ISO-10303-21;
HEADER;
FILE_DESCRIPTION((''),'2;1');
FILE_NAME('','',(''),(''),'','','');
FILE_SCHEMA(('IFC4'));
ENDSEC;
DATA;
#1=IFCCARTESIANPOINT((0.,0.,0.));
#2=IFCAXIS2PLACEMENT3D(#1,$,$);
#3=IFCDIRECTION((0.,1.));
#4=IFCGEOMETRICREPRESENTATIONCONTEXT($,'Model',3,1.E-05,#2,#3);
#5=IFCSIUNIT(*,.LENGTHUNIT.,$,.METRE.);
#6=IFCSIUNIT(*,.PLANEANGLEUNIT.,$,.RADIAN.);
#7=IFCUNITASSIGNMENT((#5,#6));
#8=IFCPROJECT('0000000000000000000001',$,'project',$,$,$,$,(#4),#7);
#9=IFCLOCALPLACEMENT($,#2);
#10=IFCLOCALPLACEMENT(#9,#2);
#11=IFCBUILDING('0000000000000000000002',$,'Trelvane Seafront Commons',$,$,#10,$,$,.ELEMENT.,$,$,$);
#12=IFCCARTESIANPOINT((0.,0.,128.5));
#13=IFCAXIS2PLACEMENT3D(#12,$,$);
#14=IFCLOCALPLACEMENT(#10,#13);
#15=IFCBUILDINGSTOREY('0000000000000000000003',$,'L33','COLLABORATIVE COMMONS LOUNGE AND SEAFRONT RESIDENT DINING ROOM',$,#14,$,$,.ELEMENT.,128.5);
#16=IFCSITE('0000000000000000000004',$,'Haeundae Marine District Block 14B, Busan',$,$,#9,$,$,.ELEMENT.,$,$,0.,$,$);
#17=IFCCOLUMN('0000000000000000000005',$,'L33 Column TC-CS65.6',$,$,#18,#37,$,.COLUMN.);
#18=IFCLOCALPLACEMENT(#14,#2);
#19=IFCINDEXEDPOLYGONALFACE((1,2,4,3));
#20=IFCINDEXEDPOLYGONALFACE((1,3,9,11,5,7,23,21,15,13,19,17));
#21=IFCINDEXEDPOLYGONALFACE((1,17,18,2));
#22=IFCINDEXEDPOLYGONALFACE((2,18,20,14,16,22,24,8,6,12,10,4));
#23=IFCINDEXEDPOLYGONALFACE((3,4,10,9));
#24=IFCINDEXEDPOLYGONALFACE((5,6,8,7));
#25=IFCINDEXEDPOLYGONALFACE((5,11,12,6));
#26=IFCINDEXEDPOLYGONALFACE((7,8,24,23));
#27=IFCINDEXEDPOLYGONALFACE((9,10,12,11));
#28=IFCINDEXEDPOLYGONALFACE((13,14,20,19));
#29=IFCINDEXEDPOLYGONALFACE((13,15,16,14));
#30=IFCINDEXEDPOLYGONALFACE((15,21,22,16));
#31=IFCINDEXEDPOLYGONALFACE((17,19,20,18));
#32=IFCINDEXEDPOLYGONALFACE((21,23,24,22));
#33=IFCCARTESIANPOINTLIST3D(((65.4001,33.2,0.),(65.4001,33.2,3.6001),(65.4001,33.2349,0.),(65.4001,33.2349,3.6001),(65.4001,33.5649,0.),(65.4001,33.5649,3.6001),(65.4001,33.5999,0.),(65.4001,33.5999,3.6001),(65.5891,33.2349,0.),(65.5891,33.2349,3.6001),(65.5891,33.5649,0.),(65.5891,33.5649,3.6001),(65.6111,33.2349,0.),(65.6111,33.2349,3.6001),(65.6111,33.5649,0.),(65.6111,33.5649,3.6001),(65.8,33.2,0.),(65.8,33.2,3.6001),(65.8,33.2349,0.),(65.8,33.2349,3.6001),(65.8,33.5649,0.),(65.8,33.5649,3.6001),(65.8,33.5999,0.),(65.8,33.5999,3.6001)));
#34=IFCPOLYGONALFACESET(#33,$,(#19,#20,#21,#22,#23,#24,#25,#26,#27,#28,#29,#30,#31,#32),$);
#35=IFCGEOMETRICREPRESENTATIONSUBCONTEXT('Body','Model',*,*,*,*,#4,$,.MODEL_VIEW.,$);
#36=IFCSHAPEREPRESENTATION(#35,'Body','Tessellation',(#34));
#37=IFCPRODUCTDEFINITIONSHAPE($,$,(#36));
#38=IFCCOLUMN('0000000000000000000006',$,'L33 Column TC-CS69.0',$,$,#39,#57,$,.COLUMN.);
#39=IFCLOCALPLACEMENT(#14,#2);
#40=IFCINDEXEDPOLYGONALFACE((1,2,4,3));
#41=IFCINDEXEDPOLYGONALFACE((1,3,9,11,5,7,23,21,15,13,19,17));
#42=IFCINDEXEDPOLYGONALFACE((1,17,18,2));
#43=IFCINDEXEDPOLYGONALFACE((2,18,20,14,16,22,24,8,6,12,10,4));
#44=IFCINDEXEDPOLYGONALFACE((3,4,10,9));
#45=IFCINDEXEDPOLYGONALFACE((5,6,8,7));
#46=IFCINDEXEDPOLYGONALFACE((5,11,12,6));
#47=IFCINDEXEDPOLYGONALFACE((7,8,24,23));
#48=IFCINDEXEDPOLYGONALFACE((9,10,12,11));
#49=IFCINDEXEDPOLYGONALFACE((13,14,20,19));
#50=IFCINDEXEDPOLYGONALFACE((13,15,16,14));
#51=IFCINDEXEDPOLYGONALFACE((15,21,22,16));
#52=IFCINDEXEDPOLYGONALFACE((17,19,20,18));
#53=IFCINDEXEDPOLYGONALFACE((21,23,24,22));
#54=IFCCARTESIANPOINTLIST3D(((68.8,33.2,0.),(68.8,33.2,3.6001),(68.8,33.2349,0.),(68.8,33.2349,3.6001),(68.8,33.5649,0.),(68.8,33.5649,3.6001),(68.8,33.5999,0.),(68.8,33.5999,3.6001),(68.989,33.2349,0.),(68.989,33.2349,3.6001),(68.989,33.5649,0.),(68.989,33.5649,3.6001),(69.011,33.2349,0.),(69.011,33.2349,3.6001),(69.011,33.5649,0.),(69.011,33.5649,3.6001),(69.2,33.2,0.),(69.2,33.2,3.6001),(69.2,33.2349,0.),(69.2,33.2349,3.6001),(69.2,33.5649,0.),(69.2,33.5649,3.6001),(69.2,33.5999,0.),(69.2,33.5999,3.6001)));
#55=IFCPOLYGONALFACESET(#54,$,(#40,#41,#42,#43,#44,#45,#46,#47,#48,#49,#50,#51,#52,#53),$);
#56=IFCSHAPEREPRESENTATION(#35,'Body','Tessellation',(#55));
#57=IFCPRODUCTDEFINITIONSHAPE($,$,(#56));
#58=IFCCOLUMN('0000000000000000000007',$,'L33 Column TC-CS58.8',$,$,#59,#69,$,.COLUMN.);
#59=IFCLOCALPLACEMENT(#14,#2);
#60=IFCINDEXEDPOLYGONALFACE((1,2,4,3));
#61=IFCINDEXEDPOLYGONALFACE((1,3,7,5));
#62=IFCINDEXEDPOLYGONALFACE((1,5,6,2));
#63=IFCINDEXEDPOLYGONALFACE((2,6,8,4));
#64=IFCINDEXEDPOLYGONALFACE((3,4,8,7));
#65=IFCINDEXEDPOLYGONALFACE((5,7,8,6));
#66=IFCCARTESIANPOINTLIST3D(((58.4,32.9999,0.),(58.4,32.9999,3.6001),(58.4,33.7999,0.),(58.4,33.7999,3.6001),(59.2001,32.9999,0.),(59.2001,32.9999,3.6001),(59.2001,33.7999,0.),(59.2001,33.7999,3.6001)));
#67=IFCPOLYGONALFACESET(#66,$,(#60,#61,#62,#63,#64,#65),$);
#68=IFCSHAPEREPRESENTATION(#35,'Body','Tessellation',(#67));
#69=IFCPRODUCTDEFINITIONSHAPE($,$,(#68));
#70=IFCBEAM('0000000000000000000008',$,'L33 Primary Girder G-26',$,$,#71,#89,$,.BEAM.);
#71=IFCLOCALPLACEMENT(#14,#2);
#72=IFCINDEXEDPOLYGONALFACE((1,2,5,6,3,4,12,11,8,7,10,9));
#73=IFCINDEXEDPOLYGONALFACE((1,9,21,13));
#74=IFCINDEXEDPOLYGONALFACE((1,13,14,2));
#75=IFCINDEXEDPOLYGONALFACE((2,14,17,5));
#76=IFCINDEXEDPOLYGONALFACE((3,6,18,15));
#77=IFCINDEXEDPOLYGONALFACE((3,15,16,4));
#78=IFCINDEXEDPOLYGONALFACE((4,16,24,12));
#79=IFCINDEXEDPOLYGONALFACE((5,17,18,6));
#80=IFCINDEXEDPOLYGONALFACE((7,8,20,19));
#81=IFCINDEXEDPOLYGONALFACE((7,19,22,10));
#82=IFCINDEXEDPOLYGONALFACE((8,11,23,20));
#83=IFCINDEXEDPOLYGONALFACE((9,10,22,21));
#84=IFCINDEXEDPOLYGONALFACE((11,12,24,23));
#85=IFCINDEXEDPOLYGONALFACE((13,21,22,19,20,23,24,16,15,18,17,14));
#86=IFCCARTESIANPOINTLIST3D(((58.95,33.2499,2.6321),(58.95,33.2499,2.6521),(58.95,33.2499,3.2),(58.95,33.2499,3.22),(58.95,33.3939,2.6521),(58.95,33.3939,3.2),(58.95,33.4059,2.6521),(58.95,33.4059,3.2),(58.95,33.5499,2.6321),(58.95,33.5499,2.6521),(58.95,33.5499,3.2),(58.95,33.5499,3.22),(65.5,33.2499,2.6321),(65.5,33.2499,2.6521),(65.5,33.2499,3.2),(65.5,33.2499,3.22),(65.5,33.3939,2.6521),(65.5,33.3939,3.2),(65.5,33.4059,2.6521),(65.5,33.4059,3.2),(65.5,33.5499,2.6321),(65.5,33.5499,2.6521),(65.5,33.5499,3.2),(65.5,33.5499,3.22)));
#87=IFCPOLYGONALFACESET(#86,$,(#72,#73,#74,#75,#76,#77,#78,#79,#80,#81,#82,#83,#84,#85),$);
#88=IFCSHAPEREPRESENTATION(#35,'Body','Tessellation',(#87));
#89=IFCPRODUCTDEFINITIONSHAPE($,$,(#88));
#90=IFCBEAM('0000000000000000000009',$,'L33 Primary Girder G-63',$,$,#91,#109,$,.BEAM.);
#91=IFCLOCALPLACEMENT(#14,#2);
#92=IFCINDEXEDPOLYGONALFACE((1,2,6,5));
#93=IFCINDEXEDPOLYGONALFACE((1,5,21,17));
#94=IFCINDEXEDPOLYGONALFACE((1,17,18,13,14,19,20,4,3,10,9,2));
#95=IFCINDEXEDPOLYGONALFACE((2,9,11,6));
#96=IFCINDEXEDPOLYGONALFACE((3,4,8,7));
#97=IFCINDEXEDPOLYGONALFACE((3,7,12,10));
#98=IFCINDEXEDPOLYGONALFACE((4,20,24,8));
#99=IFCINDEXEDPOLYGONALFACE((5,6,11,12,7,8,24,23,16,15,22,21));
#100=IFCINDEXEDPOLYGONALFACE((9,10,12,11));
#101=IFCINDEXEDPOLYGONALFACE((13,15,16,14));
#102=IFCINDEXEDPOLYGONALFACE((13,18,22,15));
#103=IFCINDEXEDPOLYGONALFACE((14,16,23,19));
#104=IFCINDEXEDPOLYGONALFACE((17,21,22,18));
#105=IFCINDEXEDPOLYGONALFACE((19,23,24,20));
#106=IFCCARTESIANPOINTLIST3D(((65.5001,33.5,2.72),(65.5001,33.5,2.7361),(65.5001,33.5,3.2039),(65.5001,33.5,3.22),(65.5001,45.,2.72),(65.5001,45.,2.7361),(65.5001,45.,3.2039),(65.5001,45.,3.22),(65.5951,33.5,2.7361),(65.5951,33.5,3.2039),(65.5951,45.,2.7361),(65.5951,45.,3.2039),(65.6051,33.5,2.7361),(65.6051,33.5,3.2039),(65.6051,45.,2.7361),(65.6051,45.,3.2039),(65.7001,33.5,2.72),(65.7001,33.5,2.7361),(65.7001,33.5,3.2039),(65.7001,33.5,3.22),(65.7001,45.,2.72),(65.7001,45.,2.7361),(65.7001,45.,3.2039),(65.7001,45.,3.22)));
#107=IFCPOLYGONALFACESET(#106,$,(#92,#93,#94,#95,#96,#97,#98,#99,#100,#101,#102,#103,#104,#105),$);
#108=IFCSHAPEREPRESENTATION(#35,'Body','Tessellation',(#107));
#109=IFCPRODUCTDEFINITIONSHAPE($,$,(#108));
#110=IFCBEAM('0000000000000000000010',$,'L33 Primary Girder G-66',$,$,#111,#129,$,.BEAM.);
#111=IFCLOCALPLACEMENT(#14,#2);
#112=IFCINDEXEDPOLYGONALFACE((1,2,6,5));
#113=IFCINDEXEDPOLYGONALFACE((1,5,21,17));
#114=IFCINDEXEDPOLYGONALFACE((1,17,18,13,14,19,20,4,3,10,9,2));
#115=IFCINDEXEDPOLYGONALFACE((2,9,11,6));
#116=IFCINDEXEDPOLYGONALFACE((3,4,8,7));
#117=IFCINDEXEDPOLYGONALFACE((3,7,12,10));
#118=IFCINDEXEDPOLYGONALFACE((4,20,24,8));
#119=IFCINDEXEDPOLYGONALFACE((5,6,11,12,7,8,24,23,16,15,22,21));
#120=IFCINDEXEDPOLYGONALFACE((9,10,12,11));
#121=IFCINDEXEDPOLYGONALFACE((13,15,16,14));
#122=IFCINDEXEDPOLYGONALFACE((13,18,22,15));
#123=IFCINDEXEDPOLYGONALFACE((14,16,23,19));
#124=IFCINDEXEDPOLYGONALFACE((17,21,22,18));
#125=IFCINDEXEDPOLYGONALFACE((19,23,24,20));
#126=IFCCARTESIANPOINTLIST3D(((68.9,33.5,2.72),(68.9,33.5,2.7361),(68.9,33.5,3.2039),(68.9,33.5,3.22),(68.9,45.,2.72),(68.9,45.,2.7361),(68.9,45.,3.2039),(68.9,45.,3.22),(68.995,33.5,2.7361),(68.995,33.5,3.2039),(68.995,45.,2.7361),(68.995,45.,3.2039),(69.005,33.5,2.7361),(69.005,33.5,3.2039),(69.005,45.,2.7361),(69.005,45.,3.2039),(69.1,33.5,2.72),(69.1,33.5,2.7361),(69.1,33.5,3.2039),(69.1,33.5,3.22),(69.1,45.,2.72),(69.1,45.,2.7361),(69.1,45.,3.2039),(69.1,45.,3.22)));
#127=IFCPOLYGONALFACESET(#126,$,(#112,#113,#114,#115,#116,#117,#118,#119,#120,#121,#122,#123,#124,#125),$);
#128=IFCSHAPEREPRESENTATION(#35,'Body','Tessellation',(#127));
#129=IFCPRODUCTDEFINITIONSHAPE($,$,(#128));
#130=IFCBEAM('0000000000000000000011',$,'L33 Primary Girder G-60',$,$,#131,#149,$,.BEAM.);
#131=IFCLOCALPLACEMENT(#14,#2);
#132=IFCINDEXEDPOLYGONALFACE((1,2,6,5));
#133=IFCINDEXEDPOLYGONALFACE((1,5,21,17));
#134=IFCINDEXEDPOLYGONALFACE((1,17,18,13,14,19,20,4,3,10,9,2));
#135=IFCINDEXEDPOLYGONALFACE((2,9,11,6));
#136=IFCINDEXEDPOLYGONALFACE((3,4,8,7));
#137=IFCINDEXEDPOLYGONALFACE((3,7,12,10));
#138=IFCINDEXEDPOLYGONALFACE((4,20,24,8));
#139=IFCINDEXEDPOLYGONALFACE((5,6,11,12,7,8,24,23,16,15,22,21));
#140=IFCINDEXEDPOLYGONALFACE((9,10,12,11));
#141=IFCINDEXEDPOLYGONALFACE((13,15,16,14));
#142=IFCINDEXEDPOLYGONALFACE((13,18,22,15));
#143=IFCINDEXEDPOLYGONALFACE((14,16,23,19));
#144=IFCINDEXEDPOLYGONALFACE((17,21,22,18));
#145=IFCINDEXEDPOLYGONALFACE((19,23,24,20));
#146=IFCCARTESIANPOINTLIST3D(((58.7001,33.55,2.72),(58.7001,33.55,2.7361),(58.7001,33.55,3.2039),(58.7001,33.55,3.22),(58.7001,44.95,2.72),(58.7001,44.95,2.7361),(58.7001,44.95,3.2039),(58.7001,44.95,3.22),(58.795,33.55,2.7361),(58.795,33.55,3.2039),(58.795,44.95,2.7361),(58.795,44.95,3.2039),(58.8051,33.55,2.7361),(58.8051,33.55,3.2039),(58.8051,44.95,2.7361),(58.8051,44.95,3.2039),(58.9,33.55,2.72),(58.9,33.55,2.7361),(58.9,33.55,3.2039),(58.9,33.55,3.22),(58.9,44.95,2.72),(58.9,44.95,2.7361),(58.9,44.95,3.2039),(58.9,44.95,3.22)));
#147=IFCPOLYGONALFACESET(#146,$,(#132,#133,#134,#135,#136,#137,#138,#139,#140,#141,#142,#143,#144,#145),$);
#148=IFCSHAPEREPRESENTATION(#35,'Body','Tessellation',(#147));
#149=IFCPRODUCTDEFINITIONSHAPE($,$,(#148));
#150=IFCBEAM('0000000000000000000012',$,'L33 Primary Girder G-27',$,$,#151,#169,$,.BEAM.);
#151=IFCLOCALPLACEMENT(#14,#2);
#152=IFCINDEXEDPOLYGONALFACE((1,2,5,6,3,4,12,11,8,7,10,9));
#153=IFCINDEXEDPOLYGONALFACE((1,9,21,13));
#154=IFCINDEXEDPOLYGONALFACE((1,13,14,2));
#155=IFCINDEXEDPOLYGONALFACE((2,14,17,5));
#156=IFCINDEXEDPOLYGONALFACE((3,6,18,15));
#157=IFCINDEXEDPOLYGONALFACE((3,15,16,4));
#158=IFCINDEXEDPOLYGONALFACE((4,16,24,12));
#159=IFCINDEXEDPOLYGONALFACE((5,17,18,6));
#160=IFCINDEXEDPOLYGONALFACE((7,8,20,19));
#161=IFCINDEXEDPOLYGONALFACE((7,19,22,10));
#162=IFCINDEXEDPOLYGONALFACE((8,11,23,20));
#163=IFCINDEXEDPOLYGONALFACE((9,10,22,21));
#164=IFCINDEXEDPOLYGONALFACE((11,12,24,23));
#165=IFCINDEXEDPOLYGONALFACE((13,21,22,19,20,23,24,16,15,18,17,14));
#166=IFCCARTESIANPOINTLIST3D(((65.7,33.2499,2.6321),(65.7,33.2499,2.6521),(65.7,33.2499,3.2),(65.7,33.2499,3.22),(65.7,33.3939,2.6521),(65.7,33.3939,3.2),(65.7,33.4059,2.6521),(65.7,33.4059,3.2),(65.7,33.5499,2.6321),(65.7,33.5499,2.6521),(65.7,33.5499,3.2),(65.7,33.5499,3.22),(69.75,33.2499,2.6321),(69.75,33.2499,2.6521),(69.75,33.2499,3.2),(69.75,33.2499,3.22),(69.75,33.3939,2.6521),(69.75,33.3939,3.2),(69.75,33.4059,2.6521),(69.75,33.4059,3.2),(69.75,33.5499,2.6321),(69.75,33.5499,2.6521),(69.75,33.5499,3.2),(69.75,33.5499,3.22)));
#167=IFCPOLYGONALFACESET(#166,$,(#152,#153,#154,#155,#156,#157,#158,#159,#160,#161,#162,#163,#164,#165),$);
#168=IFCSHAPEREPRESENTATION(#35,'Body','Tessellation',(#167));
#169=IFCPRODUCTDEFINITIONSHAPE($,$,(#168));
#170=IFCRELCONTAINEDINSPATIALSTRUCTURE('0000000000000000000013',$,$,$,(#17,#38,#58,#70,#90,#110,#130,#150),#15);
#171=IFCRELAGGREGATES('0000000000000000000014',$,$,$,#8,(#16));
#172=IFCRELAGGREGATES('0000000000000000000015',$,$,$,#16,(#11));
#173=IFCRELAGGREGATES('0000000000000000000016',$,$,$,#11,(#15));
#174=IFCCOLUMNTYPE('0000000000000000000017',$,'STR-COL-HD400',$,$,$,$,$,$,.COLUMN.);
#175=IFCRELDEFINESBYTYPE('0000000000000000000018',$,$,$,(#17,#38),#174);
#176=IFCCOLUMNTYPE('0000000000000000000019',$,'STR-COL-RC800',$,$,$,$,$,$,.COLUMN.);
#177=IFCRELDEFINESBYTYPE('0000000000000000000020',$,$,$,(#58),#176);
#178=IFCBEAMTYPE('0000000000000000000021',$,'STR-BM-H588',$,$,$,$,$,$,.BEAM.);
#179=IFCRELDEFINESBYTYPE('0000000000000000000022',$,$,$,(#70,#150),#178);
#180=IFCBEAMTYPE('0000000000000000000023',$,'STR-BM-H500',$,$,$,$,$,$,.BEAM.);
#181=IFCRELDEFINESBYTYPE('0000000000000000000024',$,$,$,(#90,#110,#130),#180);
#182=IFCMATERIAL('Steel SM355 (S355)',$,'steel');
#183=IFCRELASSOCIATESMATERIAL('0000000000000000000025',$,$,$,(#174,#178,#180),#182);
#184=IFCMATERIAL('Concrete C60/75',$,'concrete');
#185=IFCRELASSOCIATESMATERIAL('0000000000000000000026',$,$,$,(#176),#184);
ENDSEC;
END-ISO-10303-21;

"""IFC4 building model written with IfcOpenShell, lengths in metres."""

from ifc_helpers import new_model, si_unit, direction, frame, origin, origin_2d, place, context, subcontext, project, spatial, rectangle, i_section, extrude, source, transform, mapped, material, material_profile, profile_set, type_object, element, save


model = new_model("IFC4")

# Units and contexts
model_context = context("Model", 3, precision=1e-05, world=origin(), true_north=direction((0.0, 1.0)))
body_context = subcontext(model_context, "Body", "Model", "MODEL_VIEW")
ifc_project = project(units=[si_unit("LENGTHUNIT", "METRE"), si_unit("PLANEANGLEUNIT", "RADIAN")], contexts=[model_context])

# Site, building, storey
site_placement = place(None, origin())
site = spatial("IfcSite", under=ifc_project, at=site_placement, Name="Haeundae Marine District Block 14B, Busan", CompositionType="ELEMENT", RefElevation=0.0)
building_placement = place(site_placement, origin())
building = spatial("IfcBuilding", under=site, at=building_placement, Name="Trelvane Seafront Commons", CompositionType="ELEMENT")
storey_placement = place(building_placement, frame((0.0, 0.0, 128.5)))
storey = spatial("IfcBuildingStorey", under=building, at=storey_placement, Name="L33", Description="COLLABORATIVE COMMONS LOUNGE AND SEAFRONT RESIDENT DINING ROOM", CompositionType="ELEMENT", Elevation=128.5)

# Columns
ifc_material_1 = material(Name="Steel SM355 (S355)", Category="steel")
ifc_material_profile_1 = material_profile(ifc_material_1, i_section(OverallWidth=0.3999, OverallDepth=0.3999, WebThickness=0.022, FlangeThickness=0.0349, at=origin_2d()), Name="HD-400x400x22x35")
ifc_profile_set_1 = profile_set([ifc_material_profile_1], Name="Steel SM355 (S355)")
column_type_1 = type_object("IfcColumnType", Name="STR-COL-HD400", PredefinedType="COLUMN", material=ifc_profile_set_1)
shared_shape_1 = source(origin(), body_context, "Body", "SweptSolid", [
    extrude(i_section(OverallWidth=0.3999, OverallDepth=0.3999, WebThickness=0.022, FlangeThickness=0.0349, at=origin_2d()), origin(), (0.0, 0.0, 1.0), 3.6001),
])
for number, where, z_axis, x_axis, name in (
    (1, (65.6001, 33.3999, 0.0), (0.0, 0.0, 1.0), (1.0, 0.0, 0.0), "L33 Column TC-CS65.6"),
    (2, (69.0, 33.3999, 0.0), (0.0, 0.0, 1.0), (1.0, 0.0, 0.0), "L33 Column TC-CS69.0"),
):
    element("IfcColumn", number, at=place(storey_placement, frame(where, z_axis=z_axis, x_axis=x_axis)), inside=storey, type_object=column_type_1, Name=name, PredefinedType="COLUMN", context=body_context, shape_type="MappedRepresentation", body=[
        mapped(shared_shape_1, transform((0.0, 0.0, 0.0), x_axis=(1.0, 0.0, 0.0), y_axis=(0.0, 1.0, 0.0), z_axis=(0.0, 0.0, 1.0), scale=1.0)),
    ])
ifc_material_2 = material(Name="Concrete C60/75", Category="concrete")
ifc_material_profile_2 = material_profile(ifc_material_2, rectangle(XDim=0.8, YDim=0.8, at=origin_2d()), Name="RC-800x800")
ifc_profile_set_2 = profile_set([ifc_material_profile_2], Name="Concrete C60/75")
column_type_2 = type_object("IfcColumnType", Name="STR-COL-RC800", PredefinedType="COLUMN", material=ifc_profile_set_2)
shared_shape_2 = source(origin(), body_context, "Body", "SweptSolid", [
    extrude(rectangle(XDim=0.8, YDim=0.8, at=origin_2d()), origin(), (0.0, 0.0, 1.0), 3.6001),
])
column_placement = place(storey_placement, frame((58.8, 33.3999, 0.0), z_axis=(0.0, 0.0, 1.0), x_axis=(1.0, 0.0, 0.0)))
element("IfcColumn", 3, at=column_placement, inside=storey, type_object=column_type_2, Name="L33 Column TC-CS58.8", PredefinedType="COLUMN", context=body_context, shape_type="MappedRepresentation", body=[
    mapped(shared_shape_2, transform((0.0, 0.0, 0.0), x_axis=(1.0, 0.0, 0.0), y_axis=(0.0, 1.0, 0.0), z_axis=(0.0, 0.0, 1.0), scale=1.0)),
])

# Beams
ifc_material_profile_3 = material_profile(ifc_material_1, i_section(OverallWidth=0.3, OverallDepth=0.5879, WebThickness=0.012, FlangeThickness=0.02, at=origin_2d()), Name="H-588x300x12x20")
ifc_profile_set_3 = profile_set([ifc_material_profile_3], Name="Steel SM355 (S355)")
beam_type_1 = type_object("IfcBeamType", Name="STR-BM-H588", PredefinedType="BEAM", material=ifc_profile_set_3)
shared_shape_3 = source(origin(), body_context, "Body", "SweptSolid", [
    extrude(i_section(OverallWidth=0.3, OverallDepth=0.5879, WebThickness=0.012, FlangeThickness=0.02, at=origin_2d()), origin(), (0.0, 0.0, 1.0), 6.55),
])
beam_1_placement = place(storey_placement, frame((58.95, 33.3999, 2.926), z_axis=(1.0, 0.0, 0.0), x_axis=(0.0, 1.0, 0.0)))
element("IfcBeam", 4, at=beam_1_placement, inside=storey, type_object=beam_type_1, Name="L33 Primary Girder G-26", PredefinedType="BEAM", context=body_context, shape_type="MappedRepresentation", body=[
    mapped(shared_shape_3, transform((0.0, 0.0, 0.0), x_axis=(1.0, 0.0, 0.0), y_axis=(0.0, 1.0, 0.0), z_axis=(0.0, 0.0, 1.0), scale=1.0)),
])
ifc_material_profile_4 = material_profile(ifc_material_1, i_section(OverallWidth=0.2, OverallDepth=0.5, WebThickness=0.01, FlangeThickness=0.0161, at=origin_2d()), Name="H-500x200x10x16")
ifc_profile_set_4 = profile_set([ifc_material_profile_4], Name="Steel SM355 (S355)")
beam_type_2 = type_object("IfcBeamType", Name="STR-BM-H500", PredefinedType="BEAM", material=ifc_profile_set_4)
shared_shape_4 = source(origin(), body_context, "Body", "SweptSolid", [
    extrude(i_section(OverallWidth=0.2, OverallDepth=0.5, WebThickness=0.01, FlangeThickness=0.0161, at=origin_2d()), origin(), (0.0, 0.0, 1.0), 11.5),
])
for number, where, z_axis, x_axis, name in (
    (5, (65.6001, 33.5, 2.97), (0.0, 1.0, 0.0), (-1.0, 0.0, 0.0), "L33 Primary Girder G-63"),
    (6, (69.0, 33.5, 2.97), (0.0, 1.0, 0.0), (-1.0, 0.0, 0.0), "L33 Primary Girder G-66"),
):
    element("IfcBeam", number, at=place(storey_placement, frame(where, z_axis=z_axis, x_axis=x_axis)), inside=storey, type_object=beam_type_2, Name=name, PredefinedType="BEAM", context=body_context, shape_type="MappedRepresentation", body=[
        mapped(shared_shape_4, transform((0.0, 0.0, 0.0), x_axis=(1.0, 0.0, 0.0), y_axis=(0.0, 1.0, 0.0), z_axis=(0.0, 0.0, 1.0), scale=1.0)),
    ])
shared_shape_5 = source(origin(), body_context, "Body", "SweptSolid", [
    extrude(i_section(OverallWidth=0.2, OverallDepth=0.5, WebThickness=0.01, FlangeThickness=0.0161, at=origin_2d()), origin(), (0.0, 0.0, 1.0), 11.3999),
])
beam_2_placement = place(storey_placement, frame((58.8, 33.55, 2.97), z_axis=(0.0, 1.0, 0.0), x_axis=(-1.0, 0.0, 0.0)))
element("IfcBeam", 7, at=beam_2_placement, inside=storey, type_object=beam_type_2, Name="L33 Primary Girder G-60", PredefinedType="BEAM", context=body_context, shape_type="MappedRepresentation", body=[
    mapped(shared_shape_5, transform((0.0, 0.0, 0.0), x_axis=(1.0, 0.0, 0.0), y_axis=(0.0, 1.0, 0.0), z_axis=(0.0, 0.0, 1.0), scale=1.0)),
])
shared_shape_6 = source(origin(), body_context, "Body", "SweptSolid", [
    extrude(i_section(OverallWidth=0.3, OverallDepth=0.5879, WebThickness=0.012, FlangeThickness=0.02, at=origin_2d()), origin(), (0.0, 0.0, 1.0), 4.05),
])
beam_3_placement = place(storey_placement, frame((65.7, 33.3999, 2.926), z_axis=(1.0, 0.0, 0.0), x_axis=(0.0, 1.0, 0.0)))
element("IfcBeam", 8, at=beam_3_placement, inside=storey, type_object=beam_type_1, Name="L33 Primary Girder G-27", PredefinedType="BEAM", context=body_context, shape_type="MappedRepresentation", body=[
    mapped(shared_shape_6, transform((0.0, 0.0, 0.0), x_axis=(1.0, 0.0, 0.0), y_axis=(0.0, 1.0, 0.0), z_axis=(0.0, 0.0, 1.0), scale=1.0)),
])

save(model, "model.ifc")
